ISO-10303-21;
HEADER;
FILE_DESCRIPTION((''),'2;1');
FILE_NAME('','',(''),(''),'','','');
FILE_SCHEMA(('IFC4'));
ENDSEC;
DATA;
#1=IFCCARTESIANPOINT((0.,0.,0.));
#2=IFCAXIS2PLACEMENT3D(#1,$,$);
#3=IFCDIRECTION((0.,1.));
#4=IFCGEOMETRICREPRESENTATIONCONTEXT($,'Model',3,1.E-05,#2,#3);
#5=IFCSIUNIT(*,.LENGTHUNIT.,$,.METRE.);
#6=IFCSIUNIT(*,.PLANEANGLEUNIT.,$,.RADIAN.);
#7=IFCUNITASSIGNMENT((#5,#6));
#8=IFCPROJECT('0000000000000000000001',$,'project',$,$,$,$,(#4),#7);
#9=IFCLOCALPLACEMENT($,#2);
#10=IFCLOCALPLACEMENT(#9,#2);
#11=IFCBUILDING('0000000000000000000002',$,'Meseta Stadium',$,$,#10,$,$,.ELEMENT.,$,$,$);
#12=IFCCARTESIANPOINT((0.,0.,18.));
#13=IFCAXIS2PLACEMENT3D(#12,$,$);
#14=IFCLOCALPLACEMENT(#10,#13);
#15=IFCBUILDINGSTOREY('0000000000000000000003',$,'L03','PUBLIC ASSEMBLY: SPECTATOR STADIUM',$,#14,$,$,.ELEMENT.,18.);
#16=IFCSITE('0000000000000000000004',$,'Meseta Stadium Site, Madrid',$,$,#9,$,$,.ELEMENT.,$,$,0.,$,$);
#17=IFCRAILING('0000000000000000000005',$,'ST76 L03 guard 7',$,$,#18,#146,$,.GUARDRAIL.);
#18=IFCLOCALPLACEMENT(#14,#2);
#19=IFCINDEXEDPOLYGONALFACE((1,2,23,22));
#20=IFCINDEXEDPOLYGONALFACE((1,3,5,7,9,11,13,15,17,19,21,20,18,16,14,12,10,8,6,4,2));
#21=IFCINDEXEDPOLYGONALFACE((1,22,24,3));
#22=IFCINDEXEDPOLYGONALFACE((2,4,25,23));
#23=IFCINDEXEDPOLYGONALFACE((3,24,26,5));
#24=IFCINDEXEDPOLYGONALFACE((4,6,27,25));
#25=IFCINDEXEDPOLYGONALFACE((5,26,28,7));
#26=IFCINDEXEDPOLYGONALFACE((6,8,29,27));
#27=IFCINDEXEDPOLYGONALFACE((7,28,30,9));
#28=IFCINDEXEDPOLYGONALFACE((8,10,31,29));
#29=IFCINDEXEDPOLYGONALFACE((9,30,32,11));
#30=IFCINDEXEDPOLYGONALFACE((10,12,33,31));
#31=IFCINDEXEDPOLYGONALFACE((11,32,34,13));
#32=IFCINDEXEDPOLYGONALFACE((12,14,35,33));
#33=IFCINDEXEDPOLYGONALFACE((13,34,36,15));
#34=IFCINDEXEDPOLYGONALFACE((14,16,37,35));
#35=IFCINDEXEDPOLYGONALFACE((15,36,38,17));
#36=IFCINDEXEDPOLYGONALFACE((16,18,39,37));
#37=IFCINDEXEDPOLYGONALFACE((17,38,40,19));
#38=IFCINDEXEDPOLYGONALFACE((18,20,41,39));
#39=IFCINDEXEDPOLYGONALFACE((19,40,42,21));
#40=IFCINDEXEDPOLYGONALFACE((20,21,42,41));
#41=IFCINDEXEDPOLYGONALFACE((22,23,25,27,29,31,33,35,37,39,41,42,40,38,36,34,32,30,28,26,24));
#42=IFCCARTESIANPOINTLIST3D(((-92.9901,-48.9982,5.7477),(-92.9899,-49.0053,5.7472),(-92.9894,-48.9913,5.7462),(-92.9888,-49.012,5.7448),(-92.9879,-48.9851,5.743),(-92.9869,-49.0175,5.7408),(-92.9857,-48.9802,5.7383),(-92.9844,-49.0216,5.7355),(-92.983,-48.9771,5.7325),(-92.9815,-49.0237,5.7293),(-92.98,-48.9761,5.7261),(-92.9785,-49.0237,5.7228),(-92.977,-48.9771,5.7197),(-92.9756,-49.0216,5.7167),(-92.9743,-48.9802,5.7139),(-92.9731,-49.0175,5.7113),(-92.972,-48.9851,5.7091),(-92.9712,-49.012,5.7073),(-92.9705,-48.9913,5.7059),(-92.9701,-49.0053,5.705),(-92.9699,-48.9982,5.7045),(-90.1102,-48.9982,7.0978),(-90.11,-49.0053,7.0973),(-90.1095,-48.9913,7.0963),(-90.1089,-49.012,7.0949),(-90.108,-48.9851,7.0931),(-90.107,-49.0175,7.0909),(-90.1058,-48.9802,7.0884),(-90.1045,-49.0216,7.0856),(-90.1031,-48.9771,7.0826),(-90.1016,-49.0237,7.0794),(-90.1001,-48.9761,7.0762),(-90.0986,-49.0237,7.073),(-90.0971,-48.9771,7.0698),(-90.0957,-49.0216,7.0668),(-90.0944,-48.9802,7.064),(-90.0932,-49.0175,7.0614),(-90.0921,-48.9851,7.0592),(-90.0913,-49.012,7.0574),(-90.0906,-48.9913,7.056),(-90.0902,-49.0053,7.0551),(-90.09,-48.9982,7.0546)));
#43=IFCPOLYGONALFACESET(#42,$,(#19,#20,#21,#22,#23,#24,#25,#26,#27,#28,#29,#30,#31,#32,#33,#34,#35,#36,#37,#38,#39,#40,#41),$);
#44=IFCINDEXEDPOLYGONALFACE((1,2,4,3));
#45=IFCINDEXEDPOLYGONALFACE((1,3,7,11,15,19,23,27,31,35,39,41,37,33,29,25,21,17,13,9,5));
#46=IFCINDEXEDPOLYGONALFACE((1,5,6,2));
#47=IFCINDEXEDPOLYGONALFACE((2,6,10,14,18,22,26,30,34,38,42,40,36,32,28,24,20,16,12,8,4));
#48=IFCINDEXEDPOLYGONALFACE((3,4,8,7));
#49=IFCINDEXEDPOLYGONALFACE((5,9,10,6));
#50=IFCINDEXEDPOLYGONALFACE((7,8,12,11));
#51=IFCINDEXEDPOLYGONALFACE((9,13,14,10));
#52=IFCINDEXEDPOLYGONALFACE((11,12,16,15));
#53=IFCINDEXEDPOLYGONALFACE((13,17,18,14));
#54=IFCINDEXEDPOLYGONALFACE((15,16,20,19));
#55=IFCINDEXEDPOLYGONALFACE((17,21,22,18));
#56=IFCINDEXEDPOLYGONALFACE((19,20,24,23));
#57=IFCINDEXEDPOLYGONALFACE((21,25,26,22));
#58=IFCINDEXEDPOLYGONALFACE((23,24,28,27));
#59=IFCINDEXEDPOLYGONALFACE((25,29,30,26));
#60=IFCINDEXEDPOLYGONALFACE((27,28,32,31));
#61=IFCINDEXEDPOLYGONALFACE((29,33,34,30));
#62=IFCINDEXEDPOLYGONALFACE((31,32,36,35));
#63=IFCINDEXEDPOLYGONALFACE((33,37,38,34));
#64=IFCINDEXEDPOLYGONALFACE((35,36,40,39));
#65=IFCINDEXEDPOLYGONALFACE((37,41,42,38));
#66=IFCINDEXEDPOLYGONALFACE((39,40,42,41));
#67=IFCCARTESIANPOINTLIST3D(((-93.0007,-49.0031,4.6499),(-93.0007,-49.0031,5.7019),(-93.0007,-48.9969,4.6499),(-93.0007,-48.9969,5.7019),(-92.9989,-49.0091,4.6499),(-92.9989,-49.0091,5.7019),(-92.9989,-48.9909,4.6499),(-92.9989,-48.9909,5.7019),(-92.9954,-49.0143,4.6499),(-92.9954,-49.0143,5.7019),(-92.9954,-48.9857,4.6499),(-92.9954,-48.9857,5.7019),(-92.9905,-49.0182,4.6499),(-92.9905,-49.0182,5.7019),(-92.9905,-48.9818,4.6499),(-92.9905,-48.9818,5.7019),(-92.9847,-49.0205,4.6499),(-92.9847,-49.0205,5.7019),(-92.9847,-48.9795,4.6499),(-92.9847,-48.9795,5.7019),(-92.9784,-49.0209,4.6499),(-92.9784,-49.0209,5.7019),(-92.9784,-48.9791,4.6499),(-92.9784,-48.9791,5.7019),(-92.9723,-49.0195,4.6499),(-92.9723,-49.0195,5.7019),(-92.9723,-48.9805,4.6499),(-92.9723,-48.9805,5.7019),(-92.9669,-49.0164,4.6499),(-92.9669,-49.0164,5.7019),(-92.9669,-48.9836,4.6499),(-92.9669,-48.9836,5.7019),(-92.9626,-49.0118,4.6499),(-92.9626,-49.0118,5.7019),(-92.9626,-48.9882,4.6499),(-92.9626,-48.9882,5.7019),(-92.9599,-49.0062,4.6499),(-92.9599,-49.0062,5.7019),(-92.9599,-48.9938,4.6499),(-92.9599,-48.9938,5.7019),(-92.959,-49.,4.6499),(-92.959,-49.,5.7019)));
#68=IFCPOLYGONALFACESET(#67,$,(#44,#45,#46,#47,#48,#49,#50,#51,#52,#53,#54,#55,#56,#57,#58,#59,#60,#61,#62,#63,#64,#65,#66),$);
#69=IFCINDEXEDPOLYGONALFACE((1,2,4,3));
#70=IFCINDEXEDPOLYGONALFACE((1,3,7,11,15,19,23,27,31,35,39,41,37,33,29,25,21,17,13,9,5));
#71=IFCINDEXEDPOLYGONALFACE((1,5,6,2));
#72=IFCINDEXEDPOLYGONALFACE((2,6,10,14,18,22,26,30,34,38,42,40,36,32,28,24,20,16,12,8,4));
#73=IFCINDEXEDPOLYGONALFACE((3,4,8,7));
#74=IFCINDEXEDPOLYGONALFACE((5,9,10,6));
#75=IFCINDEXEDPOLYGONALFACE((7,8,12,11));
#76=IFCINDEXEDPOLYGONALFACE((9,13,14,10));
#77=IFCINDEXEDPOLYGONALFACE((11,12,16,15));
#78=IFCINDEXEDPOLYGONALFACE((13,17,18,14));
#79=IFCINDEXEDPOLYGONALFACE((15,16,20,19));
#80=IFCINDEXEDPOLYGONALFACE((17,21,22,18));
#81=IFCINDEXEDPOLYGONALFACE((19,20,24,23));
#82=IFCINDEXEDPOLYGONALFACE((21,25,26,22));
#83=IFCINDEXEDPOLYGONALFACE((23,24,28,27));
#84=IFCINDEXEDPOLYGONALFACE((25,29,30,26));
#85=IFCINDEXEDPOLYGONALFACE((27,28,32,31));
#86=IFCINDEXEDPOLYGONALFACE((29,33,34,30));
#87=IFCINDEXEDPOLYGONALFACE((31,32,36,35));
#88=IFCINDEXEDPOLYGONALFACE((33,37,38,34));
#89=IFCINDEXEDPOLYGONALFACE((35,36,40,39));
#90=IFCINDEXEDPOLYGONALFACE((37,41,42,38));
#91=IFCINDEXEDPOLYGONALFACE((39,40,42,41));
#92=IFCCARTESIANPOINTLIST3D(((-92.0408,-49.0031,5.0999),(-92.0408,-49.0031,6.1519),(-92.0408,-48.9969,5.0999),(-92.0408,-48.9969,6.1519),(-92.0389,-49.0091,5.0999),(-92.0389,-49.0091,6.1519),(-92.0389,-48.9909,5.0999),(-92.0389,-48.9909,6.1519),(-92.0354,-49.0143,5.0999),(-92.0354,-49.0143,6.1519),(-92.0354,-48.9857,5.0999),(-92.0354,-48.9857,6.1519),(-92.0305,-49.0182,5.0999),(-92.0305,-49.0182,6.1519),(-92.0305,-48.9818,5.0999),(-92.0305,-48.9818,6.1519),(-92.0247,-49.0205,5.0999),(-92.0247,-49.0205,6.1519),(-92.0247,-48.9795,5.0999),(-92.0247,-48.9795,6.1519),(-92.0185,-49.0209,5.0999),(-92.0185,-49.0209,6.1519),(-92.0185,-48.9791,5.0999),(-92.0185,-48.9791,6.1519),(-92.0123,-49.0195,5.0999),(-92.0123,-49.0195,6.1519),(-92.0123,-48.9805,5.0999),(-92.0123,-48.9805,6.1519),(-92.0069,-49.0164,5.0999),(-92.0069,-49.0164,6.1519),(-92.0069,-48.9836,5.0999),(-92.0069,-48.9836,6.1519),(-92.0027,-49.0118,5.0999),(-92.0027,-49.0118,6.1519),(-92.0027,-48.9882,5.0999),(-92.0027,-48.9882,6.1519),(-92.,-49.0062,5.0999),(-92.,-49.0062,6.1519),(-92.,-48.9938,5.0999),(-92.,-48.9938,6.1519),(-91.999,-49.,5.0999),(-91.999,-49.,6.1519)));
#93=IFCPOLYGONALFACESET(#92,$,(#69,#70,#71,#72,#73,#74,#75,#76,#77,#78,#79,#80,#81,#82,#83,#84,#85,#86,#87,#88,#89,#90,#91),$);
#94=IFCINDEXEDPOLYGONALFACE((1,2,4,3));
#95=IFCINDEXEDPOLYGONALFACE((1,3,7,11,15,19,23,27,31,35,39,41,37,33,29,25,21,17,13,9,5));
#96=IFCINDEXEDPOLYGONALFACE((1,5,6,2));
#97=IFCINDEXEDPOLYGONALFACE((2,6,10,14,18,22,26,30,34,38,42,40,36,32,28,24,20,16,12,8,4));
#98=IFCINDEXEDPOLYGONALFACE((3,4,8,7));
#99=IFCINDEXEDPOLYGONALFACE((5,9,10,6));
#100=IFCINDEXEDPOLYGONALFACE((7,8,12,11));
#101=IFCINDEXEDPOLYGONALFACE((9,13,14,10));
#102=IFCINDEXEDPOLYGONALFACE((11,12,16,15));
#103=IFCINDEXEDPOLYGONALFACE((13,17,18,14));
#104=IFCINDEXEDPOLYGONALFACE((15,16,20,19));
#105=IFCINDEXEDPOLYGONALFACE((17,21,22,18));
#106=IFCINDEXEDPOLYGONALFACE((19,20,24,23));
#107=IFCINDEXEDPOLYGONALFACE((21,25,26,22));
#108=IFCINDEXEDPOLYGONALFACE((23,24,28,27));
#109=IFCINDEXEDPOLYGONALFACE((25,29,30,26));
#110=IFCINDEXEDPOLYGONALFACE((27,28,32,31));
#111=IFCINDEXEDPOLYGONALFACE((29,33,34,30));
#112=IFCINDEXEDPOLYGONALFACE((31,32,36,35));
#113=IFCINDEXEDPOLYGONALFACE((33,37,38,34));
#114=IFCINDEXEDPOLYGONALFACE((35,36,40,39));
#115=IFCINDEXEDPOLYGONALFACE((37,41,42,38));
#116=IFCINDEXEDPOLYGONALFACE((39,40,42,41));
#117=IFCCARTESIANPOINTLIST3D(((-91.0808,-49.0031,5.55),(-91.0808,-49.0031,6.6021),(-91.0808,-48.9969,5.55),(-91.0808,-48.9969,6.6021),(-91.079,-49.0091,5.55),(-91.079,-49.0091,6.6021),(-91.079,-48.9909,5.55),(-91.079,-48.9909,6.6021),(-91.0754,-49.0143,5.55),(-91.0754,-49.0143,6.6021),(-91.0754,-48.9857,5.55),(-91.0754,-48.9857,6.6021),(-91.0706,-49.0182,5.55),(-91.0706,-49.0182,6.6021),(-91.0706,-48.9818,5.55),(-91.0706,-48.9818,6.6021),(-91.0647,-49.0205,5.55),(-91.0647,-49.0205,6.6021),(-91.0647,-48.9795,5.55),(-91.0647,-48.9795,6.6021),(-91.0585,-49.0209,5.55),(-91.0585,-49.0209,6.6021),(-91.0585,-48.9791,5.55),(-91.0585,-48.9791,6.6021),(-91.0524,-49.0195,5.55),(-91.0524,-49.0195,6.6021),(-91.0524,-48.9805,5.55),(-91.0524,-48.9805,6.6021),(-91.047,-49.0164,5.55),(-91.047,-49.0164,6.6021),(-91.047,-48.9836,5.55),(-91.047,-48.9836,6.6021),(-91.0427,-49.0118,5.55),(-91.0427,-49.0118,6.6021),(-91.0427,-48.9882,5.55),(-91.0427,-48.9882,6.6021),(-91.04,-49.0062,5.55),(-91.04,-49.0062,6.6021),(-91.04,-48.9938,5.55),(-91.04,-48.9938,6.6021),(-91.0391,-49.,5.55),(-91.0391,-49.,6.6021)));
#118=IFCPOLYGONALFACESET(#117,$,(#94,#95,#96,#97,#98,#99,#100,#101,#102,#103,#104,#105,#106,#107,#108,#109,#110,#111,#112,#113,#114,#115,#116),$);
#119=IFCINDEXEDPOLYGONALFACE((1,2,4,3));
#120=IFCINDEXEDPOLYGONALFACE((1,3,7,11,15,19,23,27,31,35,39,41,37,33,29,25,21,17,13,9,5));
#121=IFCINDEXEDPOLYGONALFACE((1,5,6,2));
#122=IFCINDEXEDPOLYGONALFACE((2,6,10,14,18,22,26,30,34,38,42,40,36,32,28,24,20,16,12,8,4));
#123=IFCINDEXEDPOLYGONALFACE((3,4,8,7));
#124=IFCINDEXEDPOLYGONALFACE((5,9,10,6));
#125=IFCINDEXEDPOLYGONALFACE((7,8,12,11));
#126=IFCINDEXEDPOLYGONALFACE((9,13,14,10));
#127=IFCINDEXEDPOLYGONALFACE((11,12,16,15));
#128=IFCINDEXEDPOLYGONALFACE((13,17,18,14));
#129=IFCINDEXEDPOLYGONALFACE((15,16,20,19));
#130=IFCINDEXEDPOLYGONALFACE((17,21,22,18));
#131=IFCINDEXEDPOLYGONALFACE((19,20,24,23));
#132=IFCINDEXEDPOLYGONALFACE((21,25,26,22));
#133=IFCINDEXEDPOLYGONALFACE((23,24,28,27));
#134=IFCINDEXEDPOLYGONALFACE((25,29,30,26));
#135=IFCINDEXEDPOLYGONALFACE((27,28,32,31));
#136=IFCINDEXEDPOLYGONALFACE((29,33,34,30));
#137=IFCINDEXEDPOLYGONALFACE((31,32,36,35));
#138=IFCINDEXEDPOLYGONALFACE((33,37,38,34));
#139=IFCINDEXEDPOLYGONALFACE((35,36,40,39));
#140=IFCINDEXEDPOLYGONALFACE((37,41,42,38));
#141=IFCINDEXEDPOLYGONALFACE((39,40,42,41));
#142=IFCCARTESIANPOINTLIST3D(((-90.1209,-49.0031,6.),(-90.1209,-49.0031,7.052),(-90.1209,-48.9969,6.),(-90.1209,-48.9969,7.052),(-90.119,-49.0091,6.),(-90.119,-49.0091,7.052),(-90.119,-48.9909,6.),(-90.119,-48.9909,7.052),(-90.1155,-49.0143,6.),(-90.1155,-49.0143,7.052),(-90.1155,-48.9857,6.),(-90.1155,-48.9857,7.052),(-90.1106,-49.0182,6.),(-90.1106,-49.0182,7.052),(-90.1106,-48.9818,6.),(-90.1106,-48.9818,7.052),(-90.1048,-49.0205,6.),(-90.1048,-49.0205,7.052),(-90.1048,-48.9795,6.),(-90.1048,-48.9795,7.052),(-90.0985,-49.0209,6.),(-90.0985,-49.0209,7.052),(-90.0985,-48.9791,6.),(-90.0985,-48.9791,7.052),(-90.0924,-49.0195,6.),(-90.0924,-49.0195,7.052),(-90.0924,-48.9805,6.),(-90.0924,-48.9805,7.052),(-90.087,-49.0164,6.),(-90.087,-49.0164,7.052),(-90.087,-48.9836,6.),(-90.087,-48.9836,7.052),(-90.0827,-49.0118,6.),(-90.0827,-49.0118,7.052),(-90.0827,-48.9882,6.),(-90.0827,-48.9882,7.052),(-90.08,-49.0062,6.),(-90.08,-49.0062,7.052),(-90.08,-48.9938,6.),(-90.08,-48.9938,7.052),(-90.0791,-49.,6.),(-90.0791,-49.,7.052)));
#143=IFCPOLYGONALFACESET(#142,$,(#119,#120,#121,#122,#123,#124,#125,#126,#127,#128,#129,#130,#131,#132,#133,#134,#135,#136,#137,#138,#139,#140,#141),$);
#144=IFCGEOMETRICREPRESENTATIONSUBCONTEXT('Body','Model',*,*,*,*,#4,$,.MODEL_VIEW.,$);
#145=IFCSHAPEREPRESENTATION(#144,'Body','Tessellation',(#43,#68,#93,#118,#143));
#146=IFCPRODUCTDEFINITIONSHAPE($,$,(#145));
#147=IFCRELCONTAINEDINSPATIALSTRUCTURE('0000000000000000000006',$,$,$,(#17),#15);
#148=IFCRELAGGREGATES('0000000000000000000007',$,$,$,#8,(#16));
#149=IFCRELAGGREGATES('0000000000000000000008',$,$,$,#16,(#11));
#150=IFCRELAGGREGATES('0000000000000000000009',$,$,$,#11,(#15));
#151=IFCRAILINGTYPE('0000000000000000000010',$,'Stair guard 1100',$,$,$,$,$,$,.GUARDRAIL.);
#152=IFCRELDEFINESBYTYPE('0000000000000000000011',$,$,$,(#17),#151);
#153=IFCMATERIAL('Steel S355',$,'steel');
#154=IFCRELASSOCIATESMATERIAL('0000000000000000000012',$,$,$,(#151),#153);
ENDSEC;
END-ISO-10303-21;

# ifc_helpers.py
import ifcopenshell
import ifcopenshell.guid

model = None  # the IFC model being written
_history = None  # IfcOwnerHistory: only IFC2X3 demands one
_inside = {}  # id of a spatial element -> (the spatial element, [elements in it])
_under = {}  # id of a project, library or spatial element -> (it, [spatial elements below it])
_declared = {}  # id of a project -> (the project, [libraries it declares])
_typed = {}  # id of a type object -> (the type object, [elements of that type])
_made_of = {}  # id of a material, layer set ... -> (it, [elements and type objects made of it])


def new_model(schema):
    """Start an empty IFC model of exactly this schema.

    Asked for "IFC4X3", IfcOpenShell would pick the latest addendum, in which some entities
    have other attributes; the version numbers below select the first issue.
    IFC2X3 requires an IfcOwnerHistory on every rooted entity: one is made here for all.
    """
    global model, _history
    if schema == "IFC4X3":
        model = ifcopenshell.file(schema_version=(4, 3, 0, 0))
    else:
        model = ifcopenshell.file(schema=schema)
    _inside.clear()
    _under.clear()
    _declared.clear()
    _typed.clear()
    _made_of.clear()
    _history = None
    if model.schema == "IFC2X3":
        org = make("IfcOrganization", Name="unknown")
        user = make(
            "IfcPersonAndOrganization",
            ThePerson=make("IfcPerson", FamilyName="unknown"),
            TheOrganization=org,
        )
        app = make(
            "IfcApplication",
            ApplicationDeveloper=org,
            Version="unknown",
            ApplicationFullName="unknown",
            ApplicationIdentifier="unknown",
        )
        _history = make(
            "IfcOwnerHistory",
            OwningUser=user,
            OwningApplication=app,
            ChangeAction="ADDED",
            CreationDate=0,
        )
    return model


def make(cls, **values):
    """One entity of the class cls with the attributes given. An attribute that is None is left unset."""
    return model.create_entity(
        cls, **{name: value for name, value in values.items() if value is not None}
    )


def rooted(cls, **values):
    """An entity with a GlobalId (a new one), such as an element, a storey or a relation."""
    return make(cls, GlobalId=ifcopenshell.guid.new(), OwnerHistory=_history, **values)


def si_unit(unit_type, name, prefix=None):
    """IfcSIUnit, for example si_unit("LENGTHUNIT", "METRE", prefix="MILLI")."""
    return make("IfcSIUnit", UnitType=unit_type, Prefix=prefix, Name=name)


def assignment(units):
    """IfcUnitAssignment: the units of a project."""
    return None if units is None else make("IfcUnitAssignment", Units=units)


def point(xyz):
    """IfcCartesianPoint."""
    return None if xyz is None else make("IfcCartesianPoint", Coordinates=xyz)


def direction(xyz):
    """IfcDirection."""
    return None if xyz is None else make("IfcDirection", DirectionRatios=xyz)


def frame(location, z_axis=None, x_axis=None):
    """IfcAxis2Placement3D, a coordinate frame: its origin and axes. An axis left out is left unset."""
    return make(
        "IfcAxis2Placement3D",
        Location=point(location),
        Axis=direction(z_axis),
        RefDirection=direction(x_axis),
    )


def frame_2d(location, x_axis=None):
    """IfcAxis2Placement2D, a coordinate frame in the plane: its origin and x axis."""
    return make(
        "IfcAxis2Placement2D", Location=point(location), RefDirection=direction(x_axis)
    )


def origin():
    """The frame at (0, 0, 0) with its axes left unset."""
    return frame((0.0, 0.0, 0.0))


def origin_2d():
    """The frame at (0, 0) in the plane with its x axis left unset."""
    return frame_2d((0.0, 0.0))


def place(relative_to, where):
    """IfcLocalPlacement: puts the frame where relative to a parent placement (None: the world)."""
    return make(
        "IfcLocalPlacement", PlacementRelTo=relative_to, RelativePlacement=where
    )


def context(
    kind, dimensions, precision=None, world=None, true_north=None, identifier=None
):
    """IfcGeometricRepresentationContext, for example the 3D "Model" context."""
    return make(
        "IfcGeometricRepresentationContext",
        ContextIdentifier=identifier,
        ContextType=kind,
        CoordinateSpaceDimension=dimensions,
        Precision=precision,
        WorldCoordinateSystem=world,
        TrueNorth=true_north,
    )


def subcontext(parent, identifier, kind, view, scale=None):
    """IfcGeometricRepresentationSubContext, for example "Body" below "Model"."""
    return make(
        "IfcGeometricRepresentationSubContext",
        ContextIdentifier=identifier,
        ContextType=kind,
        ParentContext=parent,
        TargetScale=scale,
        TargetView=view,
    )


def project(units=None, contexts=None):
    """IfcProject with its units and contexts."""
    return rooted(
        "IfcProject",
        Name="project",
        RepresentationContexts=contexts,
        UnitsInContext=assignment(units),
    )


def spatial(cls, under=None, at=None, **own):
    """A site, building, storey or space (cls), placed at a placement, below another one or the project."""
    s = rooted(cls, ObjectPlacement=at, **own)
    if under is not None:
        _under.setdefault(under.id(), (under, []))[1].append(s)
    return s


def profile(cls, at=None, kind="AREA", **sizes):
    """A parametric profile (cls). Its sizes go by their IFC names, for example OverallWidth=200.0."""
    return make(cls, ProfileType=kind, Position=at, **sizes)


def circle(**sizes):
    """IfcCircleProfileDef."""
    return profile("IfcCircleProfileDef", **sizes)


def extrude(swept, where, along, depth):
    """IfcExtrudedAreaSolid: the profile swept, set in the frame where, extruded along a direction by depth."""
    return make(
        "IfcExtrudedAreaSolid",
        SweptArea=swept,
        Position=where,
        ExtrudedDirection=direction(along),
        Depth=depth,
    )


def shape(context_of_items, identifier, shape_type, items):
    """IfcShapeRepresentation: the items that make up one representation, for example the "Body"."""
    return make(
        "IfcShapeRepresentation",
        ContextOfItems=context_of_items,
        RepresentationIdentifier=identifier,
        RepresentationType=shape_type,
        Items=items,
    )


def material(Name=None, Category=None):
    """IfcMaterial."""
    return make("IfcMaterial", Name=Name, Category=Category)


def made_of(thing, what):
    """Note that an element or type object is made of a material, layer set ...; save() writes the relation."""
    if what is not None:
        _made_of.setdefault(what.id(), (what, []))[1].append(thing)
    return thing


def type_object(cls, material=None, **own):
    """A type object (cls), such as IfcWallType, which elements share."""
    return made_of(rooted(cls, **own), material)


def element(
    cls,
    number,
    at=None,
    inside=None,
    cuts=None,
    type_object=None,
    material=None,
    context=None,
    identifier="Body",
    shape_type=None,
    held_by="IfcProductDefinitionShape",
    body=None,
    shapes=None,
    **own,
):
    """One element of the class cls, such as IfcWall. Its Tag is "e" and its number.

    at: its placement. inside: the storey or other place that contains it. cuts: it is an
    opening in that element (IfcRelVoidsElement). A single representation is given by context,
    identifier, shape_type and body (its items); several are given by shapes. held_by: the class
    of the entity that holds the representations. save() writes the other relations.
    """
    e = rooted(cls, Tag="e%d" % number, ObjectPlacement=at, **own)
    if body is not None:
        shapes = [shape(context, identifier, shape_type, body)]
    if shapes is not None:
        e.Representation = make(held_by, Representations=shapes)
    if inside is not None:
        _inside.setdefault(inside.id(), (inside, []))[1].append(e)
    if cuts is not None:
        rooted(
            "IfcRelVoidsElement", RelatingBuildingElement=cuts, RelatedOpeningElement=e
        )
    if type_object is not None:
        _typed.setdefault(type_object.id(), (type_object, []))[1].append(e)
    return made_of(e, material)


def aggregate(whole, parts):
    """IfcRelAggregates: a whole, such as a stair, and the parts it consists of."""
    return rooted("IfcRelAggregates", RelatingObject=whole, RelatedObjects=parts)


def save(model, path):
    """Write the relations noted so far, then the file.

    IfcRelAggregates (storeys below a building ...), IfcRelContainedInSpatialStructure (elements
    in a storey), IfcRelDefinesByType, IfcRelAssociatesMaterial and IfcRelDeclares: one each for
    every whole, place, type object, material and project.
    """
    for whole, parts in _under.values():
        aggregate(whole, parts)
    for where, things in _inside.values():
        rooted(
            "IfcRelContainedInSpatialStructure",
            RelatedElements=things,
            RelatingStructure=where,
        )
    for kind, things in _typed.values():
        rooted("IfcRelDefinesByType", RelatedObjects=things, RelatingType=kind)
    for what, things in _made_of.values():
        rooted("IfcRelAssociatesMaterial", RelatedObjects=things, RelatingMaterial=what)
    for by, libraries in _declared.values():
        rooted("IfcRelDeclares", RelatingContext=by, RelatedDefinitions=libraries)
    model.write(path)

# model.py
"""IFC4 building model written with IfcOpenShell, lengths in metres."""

from ifc_helpers import new_model, si_unit, direction, frame, origin, origin_2d, place, context, subcontext, project, spatial, circle, extrude, material, type_object, element, save


model = new_model("IFC4")

# Units and contexts
model_context = context("Model", 3, precision=1e-05, world=origin(), true_north=direction((0.0, 1.0)))
body_context = subcontext(model_context, "Body", "Model", "MODEL_VIEW")
ifc_project = project(units=[si_unit("LENGTHUNIT", "METRE"), si_unit("PLANEANGLEUNIT", "RADIAN")], contexts=[model_context])

# Site, building, storey
site_placement = place(None, origin())
site = spatial("IfcSite", under=ifc_project, at=site_placement, Name="Meseta Stadium Site, Madrid", CompositionType="ELEMENT", RefElevation=0.0)
building_placement = place(site_placement, origin())
building = spatial("IfcBuilding", under=site, at=building_placement, Name="Meseta Stadium", CompositionType="ELEMENT")
storey_placement = place(building_placement, frame((0.0, 0.0, 18.0)))
storey = spatial("IfcBuildingStorey", under=building, at=storey_placement, Name="L03", Description="PUBLIC ASSEMBLY: SPECTATOR STADIUM", CompositionType="ELEMENT", Elevation=18.0)

# Railing
ifc_material_1 = material(Name="Steel S355", Category="steel")
railing_type_1 = type_object("IfcRailingType", Name="Stair guard 1100", PredefinedType="GUARDRAIL", material=ifc_material_1)
for number, where, name in (
    (1, (-92.98, -49.0, 4.6499), "ST76 L03 guard 7"),
):
    element("IfcRailing", number, at=place(storey_placement, frame(where)), inside=storey, type_object=railing_type_1, Name=name, PredefinedType="GUARDRAIL", context=body_context, shape_type="SweptSolid", body=[
        extrude(circle(Radius=0.0239, at=origin_2d()), frame((0.0, 0.0, 1.0762), z_axis=(0.90544, 0.0, 0.424473), x_axis=(0.0, 1.0, 0.0)), (0.0, 0.0, 1.0), 3.1807),
        extrude(circle(Radius=0.021, at=origin_2d()), origin(), (0.0, 0.0, 1.0), 1.052),
        extrude(circle(Radius=0.021, at=origin_2d()), frame((0.96, 0.0, 0.45)), (0.0, 0.0, 1.0), 1.052),
        extrude(circle(Radius=0.021, at=origin_2d()), frame((1.9199, 0.0, 0.9001)), (0.0, 0.0, 1.0), 1.052),
        extrude(circle(Radius=0.021, at=origin_2d()), frame((2.8799, 0.0, 1.3501)), (0.0, 0.0, 1.0), 1.052),
    ])

save(model, "model.ifc")
